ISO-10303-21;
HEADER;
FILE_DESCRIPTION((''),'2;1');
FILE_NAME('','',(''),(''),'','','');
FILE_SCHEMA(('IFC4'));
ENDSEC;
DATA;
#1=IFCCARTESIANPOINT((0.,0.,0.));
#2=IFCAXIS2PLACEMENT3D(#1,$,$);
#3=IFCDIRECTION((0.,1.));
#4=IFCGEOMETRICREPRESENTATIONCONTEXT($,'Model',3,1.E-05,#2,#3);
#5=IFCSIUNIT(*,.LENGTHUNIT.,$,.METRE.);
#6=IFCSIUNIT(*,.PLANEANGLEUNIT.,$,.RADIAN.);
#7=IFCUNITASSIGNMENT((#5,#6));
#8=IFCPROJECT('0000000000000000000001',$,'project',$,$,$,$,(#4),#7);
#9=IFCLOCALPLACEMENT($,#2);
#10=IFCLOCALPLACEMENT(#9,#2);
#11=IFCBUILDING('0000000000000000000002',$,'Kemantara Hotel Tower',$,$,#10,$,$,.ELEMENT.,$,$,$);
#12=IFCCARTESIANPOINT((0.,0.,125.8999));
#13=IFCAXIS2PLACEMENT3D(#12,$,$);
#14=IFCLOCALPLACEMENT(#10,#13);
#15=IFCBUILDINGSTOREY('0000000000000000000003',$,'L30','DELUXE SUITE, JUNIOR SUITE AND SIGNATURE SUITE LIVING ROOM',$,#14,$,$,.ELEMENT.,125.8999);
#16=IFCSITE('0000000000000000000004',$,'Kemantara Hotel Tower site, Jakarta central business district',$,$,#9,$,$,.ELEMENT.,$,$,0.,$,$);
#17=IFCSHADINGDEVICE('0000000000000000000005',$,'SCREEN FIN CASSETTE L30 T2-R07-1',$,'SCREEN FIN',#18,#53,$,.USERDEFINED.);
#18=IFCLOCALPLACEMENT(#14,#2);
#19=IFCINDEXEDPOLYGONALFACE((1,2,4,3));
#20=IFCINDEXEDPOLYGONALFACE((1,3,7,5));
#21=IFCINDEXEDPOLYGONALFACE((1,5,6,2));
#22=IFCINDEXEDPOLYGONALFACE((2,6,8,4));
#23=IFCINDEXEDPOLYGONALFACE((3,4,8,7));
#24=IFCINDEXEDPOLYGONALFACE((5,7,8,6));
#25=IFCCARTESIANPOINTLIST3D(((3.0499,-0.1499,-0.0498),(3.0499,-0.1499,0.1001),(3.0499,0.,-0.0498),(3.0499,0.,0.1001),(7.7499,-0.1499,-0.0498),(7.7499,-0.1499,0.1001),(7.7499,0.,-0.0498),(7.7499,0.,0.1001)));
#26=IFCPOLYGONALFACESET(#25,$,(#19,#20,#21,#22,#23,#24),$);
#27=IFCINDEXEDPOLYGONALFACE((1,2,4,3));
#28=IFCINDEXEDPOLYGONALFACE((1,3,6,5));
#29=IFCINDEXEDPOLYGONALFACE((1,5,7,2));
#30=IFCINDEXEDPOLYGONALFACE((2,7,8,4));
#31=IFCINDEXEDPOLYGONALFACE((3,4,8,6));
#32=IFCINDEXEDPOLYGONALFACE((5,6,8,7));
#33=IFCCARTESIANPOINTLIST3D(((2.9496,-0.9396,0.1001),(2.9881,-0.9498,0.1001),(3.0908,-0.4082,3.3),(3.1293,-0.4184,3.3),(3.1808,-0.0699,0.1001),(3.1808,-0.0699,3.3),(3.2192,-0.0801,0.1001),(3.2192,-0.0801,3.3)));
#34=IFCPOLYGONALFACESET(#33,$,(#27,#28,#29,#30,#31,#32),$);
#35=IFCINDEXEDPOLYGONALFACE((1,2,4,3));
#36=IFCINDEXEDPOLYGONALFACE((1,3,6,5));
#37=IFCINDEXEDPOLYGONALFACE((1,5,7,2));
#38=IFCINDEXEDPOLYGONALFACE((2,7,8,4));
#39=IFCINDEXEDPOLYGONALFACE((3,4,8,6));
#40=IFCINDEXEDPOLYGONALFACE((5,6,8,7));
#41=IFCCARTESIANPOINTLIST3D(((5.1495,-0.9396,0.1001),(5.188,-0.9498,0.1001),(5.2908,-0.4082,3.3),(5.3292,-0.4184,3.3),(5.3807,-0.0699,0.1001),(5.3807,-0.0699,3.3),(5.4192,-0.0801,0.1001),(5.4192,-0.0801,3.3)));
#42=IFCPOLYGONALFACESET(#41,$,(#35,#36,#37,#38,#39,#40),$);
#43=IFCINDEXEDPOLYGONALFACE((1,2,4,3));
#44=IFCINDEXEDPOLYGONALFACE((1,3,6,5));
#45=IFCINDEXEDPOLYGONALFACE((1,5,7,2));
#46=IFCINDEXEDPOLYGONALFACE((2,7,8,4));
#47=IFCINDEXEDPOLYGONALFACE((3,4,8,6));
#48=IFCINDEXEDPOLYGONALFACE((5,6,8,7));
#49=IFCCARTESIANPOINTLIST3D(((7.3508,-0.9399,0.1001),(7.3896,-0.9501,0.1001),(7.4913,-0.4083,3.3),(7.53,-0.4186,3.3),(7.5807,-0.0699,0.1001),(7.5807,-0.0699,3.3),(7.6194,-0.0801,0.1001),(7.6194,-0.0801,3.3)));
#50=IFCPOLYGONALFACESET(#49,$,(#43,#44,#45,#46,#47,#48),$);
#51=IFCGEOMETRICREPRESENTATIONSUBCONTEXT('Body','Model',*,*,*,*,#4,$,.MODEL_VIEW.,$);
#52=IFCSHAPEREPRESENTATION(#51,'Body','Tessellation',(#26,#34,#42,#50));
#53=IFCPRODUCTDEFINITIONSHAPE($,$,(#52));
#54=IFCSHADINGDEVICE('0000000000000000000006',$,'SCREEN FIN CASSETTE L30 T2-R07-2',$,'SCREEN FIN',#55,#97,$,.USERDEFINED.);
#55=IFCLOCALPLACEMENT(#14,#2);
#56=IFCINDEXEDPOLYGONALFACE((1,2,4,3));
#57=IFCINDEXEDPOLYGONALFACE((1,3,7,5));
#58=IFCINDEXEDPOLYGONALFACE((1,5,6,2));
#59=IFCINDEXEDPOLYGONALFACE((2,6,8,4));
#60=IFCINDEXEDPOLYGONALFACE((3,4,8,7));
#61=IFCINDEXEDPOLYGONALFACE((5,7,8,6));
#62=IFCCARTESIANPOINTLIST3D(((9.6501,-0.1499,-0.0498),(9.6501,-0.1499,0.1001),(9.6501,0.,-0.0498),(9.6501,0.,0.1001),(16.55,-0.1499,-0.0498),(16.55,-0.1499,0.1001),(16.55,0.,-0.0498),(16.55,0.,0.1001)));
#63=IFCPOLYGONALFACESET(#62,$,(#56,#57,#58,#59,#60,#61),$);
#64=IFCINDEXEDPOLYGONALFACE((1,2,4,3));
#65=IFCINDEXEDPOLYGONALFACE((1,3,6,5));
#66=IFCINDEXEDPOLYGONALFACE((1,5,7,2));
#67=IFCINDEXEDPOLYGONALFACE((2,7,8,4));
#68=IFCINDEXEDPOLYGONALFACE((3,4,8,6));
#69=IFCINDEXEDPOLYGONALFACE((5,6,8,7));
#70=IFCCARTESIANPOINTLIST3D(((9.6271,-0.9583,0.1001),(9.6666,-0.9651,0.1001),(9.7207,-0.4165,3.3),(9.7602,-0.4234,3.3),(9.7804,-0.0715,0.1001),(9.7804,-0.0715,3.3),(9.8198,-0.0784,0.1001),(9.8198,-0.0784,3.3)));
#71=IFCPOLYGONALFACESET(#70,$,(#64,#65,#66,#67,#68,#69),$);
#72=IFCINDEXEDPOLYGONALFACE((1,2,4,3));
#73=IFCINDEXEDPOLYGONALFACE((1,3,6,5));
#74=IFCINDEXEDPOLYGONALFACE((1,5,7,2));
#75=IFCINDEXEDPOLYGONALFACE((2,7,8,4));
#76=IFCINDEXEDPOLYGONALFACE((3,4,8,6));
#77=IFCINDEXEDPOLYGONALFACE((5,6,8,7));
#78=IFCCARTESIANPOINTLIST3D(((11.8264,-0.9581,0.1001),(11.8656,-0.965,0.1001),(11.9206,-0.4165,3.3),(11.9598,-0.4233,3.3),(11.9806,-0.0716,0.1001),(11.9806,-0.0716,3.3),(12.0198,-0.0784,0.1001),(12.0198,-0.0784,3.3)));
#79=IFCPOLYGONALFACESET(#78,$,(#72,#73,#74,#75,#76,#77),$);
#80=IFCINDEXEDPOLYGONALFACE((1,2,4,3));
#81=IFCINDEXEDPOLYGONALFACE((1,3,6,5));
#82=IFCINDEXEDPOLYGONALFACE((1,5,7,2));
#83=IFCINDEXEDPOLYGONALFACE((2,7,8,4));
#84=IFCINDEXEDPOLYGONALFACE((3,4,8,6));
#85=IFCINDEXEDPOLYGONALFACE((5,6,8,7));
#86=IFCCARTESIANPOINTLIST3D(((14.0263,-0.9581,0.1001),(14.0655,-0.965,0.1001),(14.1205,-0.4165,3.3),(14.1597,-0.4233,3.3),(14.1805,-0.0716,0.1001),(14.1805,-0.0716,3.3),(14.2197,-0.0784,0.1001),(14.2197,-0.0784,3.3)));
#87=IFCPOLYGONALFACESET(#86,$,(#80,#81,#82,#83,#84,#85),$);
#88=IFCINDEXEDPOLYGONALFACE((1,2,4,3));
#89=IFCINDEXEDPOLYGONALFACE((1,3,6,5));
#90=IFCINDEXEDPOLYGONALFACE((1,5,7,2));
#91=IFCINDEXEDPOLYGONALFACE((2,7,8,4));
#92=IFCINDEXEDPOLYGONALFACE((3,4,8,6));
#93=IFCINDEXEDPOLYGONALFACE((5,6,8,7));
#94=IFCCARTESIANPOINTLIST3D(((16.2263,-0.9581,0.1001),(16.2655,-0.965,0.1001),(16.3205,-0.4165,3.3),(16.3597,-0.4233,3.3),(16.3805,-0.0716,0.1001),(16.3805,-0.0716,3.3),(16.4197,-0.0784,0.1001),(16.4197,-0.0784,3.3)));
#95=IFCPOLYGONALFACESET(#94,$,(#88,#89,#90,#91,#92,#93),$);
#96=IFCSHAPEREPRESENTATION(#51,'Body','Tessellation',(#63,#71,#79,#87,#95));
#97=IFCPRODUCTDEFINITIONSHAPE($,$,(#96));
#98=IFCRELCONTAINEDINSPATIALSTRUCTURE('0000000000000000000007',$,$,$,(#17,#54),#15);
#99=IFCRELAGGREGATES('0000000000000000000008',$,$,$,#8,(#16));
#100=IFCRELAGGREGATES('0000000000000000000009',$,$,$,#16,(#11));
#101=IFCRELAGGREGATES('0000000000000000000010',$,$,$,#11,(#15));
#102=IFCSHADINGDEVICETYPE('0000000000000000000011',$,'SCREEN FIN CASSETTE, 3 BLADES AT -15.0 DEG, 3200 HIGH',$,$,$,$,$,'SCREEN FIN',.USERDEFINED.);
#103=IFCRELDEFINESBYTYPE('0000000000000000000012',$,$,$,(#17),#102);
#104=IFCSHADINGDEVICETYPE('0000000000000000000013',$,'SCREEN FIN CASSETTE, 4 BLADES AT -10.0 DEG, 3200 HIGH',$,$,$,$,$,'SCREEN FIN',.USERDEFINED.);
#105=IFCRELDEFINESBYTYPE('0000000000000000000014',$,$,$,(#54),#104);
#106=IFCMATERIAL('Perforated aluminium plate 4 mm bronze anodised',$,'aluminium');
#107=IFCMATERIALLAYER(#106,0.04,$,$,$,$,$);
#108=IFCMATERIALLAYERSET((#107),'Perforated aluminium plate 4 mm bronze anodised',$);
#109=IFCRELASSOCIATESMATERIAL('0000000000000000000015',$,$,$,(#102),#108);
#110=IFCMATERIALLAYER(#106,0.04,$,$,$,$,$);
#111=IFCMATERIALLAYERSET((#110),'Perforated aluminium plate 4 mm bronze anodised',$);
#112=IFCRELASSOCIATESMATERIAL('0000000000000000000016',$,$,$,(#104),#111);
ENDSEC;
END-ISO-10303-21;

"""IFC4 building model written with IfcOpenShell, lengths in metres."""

from ifc_helpers import new_model, si_unit, direction, frame, origin, origin_2d, place, context, subcontext, project, spatial, polyline, rectangle, outline, extrude, source, transform, mapped, material, layer, layer_set, type_object, element, save


model = new_model("IFC4")

# Units and contexts
model_context = context("Model", 3, precision=1e-05, world=origin(), true_north=direction((0.0, 1.0)))
body_context = subcontext(model_context, "Body", "Model", "MODEL_VIEW")
ifc_project = project(units=[si_unit("LENGTHUNIT", "METRE"), si_unit("PLANEANGLEUNIT", "RADIAN")], contexts=[model_context])

# Site, building, storey
site_placement = place(None, origin())
site = spatial("IfcSite", under=ifc_project, at=site_placement, Name="Kemantara Hotel Tower site, Jakarta central business district", CompositionType="ELEMENT", RefElevation=0.0)
building_placement = place(site_placement, origin())
building = spatial("IfcBuilding", under=site, at=building_placement, Name="Kemantara Hotel Tower", CompositionType="ELEMENT")
storey_placement = place(building_placement, frame((0.0, 0.0, 125.8999)))
storey = spatial("IfcBuildingStorey", under=building, at=storey_placement, Name="L30", Description="DELUXE SUITE, JUNIOR SUITE AND SIGNATURE SUITE LIVING ROOM", CompositionType="ELEMENT", Elevation=125.8999)

# Shading devices
ifc_material_1 = material(Name="Perforated aluminium plate 4 mm bronze anodised", Category="aluminium")
ifc_layer_1 = layer(ifc_material_1, 0.04)
ifc_layer_set_1 = layer_set([ifc_layer_1], Name="Perforated aluminium plate 4 mm bronze anodised")
shading_device_type_1 = type_object("IfcShadingDeviceType", Name="SCREEN FIN CASSETTE, 3 BLADES AT -15.0 DEG, 3200 HIGH", ElementType="SCREEN FIN", PredefinedType="USERDEFINED", material=ifc_layer_set_1)
shared_shape_1 = source(origin(), body_context, "Body", "SweptSolid", [
    extrude(rectangle(XDim=4.7, YDim=0.1499, at=origin_2d()), frame((2.2, -0.075, -0.1499), z_axis=(0.0, 0.0, 1.0), x_axis=(1.0, 0.0, 0.0)), (0.0, 0.0, 1.0), 0.1499),
    extrude(outline(polyline([(0.0, 0.0), (0.8999, 0.0), (0.3501, 3.2), (0.0, 3.2), (0.0, 0.0)])), frame((0.0193, -0.0801, 0.0), z_axis=(-0.966438, 0.256901, 0.0), x_axis=(-0.256901, -0.966438, 0.0)), (0.0, 0.0, 1.0), 0.0398),
    extrude(outline(polyline([(0.0, 0.0), (0.8999, 0.0), (0.3501, 3.2), (0.0, 3.2), (0.0, 0.0)])), frame((2.2192, -0.0801, 0.0), z_axis=(-0.966438, 0.256901, 0.0), x_axis=(-0.256901, -0.966438, 0.0)), (0.0, 0.0, 1.0), 0.0398),
    extrude(outline(polyline([(0.0, 0.0), (0.8999, 0.0), (0.3501, 3.2), (0.0, 3.2), (0.0, 0.0)])), frame((4.4194, -0.0801, 0.0), z_axis=(-0.966838, 0.255391, 0.0), x_axis=(-0.255391, -0.966838, 0.0)), (0.0, 0.0, 1.0), 0.04),
])
shading_device_1_placement = place(storey_placement, frame((3.2, 0.0, 0.1001), z_axis=(0.0, 0.0, 1.0), x_axis=(1.0, 0.0, 0.0)))
element("IfcShadingDevice", 1, at=shading_device_1_placement, inside=storey, type_object=shading_device_type_1, Name="SCREEN FIN CASSETTE L30 T2-R07-1", ObjectType="SCREEN FIN", PredefinedType="USERDEFINED", context=body_context, shape_type="MappedRepresentation", body=[
    mapped(shared_shape_1, transform((0.0, 0.0, 0.0))),
])
ifc_layer_2 = layer(ifc_material_1, 0.04)
ifc_layer_set_2 = layer_set([ifc_layer_2], Name="Perforated aluminium plate 4 mm bronze anodised")
shading_device_type_2 = type_object("IfcShadingDeviceType", Name="SCREEN FIN CASSETTE, 4 BLADES AT -10.0 DEG, 3200 HIGH", ElementType="SCREEN FIN", PredefinedType="USERDEFINED", material=ifc_layer_set_2)
shared_shape_2 = source(origin(), body_context, "Body", "SweptSolid", [
    extrude(rectangle(XDim=6.8999, YDim=0.1499, at=origin_2d()), frame((3.3, -0.075, -0.1499), z_axis=(0.0, 0.0, 1.0), x_axis=(1.0, 0.0, 0.0)), (0.0, 0.0, 1.0), 0.1499),
    extrude(outline(polyline([(0.0, 0.0), (0.8999, 0.0), (0.3501, 3.2), (0.0, 3.2), (0.0, 0.0)])), frame((0.0198, -0.0784, 0.0), z_axis=(-0.98539, 0.170314, 0.0), x_axis=(-0.170314, -0.98539, 0.0)), (0.0, 0.0, 1.0), 0.04),
    extrude(outline(polyline([(0.0, 0.0), (0.8999, 0.0), (0.3501, 3.2), (0.0, 3.2), (0.0, 0.0)])), frame((2.2197, -0.0784, 0.0), z_axis=(-0.985212, 0.171341, 0.0), x_axis=(-0.171341, -0.985212, 0.0)), (0.0, 0.0, 1.0), 0.0398),
    extrude(outline(polyline([(0.0, 0.0), (0.8999, 0.0), (0.3501, 3.2), (0.0, 3.2), (0.0, 0.0)])), frame((4.4197, -0.0784, 0.0), z_axis=(-0.985212, 0.171341, 0.0), x_axis=(-0.171341, -0.985212, 0.0)), (0.0, 0.0, 1.0), 0.0398),
    extrude(outline(polyline([(0.0, 0.0), (0.8999, 0.0), (0.3501, 3.2), (0.0, 3.2), (0.0, 0.0)])), frame((6.6196, -0.0784, 0.0), z_axis=(-0.985212, 0.171341, 0.0), x_axis=(-0.171341, -0.985212, 0.0)), (0.0, 0.0, 1.0), 0.0398),
])
shading_device_2_placement = place(storey_placement, frame((9.8, 0.0, 0.1001), z_axis=(0.0, 0.0, 1.0), x_axis=(1.0, 0.0, 0.0)))
element("IfcShadingDevice", 2, at=shading_device_2_placement, inside=storey, type_object=shading_device_type_2, Name="SCREEN FIN CASSETTE L30 T2-R07-2", ObjectType="SCREEN FIN", PredefinedType="USERDEFINED", context=body_context, shape_type="MappedRepresentation", body=[
    mapped(shared_shape_2, transform((0.0, 0.0, 0.0))),
])

save(model, "model.ifc")
